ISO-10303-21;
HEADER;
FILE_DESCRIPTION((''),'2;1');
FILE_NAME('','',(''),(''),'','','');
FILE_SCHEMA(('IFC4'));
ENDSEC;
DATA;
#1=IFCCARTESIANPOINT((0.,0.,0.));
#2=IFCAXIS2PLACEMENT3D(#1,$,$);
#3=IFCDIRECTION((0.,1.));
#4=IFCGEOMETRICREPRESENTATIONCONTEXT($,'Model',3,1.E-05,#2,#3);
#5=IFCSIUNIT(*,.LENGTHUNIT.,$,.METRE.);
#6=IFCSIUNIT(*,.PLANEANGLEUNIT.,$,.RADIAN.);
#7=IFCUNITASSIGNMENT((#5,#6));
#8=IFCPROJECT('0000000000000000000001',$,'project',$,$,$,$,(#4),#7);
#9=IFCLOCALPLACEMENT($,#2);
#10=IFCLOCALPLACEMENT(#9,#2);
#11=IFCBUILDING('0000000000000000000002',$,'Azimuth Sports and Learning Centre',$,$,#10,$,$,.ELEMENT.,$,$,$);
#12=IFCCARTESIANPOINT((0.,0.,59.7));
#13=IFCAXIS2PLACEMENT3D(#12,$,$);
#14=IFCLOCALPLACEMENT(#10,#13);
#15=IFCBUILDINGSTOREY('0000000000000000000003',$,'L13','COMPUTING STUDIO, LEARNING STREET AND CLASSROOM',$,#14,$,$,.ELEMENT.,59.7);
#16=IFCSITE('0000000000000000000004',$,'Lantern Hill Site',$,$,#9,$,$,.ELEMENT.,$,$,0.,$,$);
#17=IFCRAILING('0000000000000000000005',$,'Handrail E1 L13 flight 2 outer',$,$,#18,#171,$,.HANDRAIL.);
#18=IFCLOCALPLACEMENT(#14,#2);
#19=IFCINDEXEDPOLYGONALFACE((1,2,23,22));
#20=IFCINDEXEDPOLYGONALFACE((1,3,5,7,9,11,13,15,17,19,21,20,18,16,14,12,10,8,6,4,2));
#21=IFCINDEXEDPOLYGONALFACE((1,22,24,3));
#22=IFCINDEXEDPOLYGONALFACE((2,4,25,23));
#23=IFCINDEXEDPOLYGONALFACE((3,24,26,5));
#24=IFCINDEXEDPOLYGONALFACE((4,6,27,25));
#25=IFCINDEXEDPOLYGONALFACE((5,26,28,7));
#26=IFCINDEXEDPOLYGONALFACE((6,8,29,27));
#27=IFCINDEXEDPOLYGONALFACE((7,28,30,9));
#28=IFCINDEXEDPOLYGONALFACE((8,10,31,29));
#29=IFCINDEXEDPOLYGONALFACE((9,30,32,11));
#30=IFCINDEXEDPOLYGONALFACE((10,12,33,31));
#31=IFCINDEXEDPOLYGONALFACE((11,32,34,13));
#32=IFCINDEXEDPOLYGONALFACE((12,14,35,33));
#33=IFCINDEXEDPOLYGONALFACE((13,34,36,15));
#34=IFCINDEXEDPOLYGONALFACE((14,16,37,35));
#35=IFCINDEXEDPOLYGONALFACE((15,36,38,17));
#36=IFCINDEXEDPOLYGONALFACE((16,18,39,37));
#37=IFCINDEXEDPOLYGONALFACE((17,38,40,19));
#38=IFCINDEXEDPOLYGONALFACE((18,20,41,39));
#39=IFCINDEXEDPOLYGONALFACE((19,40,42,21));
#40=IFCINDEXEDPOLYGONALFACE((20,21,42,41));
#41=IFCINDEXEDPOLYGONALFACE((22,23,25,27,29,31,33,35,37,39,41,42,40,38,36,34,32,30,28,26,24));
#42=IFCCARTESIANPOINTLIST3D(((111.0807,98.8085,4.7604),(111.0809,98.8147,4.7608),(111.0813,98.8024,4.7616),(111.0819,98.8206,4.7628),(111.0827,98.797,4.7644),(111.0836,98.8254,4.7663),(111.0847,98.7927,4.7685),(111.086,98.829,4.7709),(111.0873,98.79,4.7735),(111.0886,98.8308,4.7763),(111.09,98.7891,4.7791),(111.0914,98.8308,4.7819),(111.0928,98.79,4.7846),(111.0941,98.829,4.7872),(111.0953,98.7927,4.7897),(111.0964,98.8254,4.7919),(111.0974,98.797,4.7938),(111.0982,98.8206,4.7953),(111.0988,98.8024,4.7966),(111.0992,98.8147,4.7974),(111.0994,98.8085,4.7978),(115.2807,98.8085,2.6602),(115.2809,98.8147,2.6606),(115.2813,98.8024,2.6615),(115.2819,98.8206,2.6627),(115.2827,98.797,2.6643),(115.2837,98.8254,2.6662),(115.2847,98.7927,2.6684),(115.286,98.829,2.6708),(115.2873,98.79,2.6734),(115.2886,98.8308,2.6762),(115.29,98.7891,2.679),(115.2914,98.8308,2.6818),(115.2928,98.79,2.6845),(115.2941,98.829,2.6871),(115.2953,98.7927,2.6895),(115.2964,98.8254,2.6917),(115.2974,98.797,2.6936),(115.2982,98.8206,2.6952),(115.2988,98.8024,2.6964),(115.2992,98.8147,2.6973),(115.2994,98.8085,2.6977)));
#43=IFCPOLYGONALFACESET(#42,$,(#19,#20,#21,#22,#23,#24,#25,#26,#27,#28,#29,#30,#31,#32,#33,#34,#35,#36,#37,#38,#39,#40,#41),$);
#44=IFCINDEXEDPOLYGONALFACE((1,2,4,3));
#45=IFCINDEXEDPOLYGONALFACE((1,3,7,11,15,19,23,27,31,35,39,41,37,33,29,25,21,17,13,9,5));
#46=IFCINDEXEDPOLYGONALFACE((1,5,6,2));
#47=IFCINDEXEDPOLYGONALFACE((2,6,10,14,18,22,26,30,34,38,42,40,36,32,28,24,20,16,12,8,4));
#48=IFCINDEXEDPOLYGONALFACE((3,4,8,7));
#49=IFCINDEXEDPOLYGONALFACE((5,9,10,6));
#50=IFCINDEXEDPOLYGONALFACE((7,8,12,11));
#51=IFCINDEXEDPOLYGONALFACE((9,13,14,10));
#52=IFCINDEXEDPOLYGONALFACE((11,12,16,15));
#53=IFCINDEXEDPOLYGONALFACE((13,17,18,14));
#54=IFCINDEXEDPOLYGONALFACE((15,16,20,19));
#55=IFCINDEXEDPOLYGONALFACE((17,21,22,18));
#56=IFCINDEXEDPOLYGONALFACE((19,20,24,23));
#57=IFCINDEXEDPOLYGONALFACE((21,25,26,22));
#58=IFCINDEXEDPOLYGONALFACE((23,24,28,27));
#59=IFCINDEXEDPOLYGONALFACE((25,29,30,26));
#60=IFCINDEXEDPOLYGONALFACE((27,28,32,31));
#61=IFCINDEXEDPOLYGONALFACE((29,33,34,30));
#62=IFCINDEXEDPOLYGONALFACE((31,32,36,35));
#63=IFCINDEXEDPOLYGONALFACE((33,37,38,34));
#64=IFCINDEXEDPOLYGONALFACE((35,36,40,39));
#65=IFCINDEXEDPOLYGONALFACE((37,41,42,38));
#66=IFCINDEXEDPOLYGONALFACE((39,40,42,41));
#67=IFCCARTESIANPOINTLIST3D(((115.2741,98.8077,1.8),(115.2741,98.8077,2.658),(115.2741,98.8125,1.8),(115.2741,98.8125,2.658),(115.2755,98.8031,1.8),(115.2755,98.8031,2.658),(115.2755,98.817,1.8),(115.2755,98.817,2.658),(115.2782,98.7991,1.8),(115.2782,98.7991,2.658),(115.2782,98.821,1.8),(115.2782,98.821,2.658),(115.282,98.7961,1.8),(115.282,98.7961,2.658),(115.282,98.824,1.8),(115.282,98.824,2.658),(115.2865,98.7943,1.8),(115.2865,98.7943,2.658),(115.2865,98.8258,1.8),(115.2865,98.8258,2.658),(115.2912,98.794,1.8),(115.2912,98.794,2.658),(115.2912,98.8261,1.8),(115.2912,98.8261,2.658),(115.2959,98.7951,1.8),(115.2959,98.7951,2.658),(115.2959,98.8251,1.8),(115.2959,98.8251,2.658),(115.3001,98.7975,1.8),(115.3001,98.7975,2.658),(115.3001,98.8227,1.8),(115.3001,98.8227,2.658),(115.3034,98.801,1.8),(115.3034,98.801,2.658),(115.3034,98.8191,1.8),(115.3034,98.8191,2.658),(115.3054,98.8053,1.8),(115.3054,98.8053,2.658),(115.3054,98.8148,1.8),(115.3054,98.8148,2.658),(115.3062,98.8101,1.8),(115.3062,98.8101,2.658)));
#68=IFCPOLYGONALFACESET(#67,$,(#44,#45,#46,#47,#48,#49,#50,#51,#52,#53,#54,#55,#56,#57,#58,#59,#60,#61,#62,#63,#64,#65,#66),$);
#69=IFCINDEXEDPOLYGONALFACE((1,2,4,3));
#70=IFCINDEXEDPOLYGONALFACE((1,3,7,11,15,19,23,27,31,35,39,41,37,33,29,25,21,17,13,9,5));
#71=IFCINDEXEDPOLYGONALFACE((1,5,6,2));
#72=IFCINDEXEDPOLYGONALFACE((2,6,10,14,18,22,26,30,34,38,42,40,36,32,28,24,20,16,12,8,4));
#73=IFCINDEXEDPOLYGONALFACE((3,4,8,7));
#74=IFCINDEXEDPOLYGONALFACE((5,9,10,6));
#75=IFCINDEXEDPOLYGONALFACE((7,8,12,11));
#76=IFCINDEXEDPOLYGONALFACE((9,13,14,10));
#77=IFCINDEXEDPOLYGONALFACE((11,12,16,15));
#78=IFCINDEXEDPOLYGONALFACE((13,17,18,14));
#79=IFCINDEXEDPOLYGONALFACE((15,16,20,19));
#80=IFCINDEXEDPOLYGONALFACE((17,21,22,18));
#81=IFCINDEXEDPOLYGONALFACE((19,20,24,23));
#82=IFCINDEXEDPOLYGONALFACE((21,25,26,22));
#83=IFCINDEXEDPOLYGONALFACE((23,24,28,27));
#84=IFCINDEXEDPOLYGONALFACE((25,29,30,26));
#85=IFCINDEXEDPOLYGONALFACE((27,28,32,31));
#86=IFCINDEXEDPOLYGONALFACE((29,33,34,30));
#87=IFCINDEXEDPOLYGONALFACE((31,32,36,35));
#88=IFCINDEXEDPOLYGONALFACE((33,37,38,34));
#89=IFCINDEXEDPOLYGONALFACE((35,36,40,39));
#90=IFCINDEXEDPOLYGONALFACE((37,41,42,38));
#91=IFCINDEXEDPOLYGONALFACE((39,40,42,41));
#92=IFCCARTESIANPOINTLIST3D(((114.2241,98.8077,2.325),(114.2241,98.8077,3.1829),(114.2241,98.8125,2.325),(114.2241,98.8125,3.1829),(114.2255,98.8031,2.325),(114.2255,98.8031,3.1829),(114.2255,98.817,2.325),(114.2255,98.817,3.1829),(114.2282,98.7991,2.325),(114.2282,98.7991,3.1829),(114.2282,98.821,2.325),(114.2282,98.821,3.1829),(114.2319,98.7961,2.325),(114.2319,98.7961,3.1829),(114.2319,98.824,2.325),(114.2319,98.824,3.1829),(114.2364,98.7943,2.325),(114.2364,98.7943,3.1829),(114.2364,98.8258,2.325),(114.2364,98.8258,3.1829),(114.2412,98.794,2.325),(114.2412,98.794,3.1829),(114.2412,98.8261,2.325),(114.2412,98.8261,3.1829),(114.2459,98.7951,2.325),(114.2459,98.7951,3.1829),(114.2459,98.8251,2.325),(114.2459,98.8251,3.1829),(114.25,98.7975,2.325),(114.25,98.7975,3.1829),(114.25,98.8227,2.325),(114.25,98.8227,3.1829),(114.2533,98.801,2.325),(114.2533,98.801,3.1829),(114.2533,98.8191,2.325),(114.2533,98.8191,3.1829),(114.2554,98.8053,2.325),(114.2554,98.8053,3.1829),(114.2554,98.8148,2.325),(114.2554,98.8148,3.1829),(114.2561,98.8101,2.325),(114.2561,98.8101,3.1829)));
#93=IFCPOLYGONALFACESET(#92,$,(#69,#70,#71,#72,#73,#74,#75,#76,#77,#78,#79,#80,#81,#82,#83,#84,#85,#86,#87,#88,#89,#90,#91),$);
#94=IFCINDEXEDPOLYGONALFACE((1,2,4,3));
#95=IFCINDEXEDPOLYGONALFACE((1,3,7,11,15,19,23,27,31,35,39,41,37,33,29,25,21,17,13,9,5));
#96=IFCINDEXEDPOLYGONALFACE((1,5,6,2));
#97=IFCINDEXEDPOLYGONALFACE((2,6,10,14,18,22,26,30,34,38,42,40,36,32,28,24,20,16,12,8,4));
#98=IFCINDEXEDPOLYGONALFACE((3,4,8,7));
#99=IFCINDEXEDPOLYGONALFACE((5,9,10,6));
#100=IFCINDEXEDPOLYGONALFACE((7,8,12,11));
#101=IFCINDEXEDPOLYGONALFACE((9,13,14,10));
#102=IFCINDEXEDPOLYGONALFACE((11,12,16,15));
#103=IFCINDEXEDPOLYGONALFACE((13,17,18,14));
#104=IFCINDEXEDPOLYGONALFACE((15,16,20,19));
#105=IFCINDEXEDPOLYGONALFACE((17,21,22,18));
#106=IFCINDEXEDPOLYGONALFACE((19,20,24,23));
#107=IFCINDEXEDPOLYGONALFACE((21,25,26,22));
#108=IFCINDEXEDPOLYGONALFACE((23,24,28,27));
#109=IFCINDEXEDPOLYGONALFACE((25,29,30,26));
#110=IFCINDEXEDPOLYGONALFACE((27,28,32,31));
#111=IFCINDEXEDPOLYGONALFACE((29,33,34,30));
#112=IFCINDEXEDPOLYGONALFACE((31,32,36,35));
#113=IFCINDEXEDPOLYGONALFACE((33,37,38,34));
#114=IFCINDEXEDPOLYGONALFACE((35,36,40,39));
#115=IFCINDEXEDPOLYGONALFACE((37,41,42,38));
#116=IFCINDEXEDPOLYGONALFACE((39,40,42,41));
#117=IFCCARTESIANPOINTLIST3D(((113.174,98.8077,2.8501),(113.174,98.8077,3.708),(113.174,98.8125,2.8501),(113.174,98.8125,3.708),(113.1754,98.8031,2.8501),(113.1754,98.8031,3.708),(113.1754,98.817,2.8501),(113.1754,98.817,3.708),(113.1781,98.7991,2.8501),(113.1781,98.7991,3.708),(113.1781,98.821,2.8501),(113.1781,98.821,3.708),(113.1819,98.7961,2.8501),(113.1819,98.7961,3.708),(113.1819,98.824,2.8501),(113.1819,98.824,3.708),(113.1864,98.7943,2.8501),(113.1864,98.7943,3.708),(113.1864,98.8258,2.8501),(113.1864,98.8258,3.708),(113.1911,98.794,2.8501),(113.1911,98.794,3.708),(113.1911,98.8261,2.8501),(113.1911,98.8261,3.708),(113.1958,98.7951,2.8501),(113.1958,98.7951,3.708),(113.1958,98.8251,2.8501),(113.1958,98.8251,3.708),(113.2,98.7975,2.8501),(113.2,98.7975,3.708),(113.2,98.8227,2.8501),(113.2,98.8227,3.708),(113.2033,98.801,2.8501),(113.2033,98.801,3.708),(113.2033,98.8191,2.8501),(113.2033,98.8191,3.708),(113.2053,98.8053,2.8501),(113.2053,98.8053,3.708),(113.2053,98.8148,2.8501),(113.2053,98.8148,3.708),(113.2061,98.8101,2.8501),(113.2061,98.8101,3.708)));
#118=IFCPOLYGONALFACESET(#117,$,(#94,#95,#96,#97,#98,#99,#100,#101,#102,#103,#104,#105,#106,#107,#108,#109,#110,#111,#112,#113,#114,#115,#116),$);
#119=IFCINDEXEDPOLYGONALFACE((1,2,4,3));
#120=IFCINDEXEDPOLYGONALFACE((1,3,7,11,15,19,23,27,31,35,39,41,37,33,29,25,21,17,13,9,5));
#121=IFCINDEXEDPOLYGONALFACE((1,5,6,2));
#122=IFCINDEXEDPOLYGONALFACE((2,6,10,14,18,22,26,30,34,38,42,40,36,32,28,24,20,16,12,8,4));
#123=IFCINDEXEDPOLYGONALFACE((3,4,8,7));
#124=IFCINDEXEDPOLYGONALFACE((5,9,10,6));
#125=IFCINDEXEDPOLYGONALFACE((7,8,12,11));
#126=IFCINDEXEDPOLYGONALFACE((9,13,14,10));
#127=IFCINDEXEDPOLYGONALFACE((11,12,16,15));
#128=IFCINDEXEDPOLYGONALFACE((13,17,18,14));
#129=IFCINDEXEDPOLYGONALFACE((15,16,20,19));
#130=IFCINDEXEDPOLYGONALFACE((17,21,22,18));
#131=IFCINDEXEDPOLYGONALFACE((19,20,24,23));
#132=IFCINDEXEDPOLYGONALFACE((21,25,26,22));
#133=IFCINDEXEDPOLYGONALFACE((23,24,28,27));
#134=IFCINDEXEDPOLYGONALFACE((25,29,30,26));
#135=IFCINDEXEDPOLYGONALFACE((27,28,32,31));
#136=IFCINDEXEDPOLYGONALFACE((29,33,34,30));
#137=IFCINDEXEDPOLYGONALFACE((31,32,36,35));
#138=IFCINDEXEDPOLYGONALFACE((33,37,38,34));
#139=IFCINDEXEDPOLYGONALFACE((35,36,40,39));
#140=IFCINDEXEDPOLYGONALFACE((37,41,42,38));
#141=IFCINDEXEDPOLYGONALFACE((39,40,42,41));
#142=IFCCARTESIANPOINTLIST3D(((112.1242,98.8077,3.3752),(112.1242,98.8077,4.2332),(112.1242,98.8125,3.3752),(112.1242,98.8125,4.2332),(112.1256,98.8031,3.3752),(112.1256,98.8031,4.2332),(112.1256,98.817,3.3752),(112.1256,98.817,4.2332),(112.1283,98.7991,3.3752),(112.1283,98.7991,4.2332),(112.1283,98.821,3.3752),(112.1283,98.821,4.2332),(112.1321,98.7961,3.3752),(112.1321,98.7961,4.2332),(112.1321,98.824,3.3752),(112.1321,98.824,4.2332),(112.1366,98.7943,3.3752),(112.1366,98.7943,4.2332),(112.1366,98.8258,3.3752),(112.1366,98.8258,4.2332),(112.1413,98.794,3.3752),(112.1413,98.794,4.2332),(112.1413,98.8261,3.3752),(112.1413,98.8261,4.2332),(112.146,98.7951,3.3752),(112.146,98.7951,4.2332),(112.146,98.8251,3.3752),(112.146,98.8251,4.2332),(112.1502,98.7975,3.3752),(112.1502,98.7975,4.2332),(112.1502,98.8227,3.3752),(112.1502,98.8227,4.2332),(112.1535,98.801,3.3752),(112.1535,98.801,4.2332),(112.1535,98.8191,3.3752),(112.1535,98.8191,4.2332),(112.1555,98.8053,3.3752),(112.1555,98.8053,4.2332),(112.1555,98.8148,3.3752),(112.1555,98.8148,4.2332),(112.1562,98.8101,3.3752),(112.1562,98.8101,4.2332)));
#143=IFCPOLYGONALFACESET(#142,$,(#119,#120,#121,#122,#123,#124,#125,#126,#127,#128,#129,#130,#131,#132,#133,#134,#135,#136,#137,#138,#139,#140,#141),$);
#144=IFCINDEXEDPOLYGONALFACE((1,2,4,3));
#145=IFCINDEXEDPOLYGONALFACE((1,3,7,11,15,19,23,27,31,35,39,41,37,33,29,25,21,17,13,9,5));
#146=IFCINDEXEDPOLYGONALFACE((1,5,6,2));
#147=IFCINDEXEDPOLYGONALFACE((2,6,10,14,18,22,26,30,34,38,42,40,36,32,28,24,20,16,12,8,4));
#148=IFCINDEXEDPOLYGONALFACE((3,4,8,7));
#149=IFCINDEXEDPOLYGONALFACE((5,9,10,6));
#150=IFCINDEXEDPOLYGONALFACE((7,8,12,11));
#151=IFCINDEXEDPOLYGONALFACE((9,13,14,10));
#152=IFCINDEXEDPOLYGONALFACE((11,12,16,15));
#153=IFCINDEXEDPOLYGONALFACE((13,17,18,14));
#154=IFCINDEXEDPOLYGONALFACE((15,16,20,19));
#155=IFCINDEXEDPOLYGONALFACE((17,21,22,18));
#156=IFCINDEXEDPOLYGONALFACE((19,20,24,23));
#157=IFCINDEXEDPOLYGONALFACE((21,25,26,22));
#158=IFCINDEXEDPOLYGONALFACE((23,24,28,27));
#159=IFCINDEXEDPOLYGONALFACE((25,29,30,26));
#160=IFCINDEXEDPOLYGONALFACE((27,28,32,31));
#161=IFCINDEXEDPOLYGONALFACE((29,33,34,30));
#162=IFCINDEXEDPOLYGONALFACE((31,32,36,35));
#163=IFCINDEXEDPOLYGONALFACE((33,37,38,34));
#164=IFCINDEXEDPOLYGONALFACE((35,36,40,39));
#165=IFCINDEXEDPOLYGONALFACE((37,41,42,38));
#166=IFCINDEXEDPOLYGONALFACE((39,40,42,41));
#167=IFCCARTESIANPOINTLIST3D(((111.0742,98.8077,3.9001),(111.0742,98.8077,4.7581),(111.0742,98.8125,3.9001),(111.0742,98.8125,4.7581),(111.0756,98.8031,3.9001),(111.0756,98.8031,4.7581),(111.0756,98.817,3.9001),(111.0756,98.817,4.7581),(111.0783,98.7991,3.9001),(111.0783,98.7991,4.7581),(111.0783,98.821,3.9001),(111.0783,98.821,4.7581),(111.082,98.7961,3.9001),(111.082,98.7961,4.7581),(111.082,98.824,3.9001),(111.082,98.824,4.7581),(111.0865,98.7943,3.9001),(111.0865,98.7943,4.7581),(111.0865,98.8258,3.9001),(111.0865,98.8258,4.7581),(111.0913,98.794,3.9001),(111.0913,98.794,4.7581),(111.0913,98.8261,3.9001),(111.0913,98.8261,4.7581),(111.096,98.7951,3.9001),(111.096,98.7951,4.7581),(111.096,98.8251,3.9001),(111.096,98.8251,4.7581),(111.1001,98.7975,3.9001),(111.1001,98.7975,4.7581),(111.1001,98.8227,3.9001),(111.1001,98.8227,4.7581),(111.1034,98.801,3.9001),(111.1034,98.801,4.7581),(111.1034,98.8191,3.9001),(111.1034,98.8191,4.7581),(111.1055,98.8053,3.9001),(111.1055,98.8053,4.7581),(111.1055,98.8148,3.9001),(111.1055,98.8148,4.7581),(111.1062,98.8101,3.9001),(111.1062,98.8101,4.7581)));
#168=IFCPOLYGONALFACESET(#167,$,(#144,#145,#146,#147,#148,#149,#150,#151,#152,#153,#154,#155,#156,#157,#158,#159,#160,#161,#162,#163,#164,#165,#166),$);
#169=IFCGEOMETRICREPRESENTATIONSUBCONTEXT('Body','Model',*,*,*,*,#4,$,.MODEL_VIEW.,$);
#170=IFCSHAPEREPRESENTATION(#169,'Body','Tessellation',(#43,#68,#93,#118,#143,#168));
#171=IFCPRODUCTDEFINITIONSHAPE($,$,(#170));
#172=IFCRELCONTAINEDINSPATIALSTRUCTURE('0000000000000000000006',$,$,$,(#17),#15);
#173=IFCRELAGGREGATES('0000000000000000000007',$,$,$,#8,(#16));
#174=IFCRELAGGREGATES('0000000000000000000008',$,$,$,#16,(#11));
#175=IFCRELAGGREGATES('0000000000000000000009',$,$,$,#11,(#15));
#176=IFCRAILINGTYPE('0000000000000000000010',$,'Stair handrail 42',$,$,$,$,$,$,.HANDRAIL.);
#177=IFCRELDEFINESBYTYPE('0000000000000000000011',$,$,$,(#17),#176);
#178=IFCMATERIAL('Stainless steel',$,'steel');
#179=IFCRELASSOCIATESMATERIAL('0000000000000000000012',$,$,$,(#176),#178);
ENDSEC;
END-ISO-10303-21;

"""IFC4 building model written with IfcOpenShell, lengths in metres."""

from ifc_helpers import new_model, si_unit, direction, frame, origin, origin_2d, place, context, subcontext, project, spatial, circle, extrude, material, type_object, element, save


model = new_model("IFC4")

# Units and contexts
model_context = context("Model", 3, precision=1e-05, world=origin(), true_north=direction((0.0, 1.0)))
body_context = subcontext(model_context, "Body", "Model", "MODEL_VIEW")
ifc_project = project(units=[si_unit("LENGTHUNIT", "METRE"), si_unit("PLANEANGLEUNIT", "RADIAN")], contexts=[model_context])

# Site, building, storey
site_placement = place(None, origin())
site = spatial("IfcSite", under=ifc_project, at=site_placement, Name="Lantern Hill Site", CompositionType="ELEMENT", RefElevation=0.0)
building_placement = place(site_placement, origin())
building = spatial("IfcBuilding", under=site, at=building_placement, Name="Azimuth Sports and Learning Centre", CompositionType="ELEMENT")
storey_placement = place(building_placement, frame((0.0, 0.0, 59.7)))
storey = spatial("IfcBuildingStorey", under=building, at=storey_placement, Name="L13", Description="COMPUTING STUDIO, LEARNING STREET AND CLASSROOM", CompositionType="ELEMENT", Elevation=59.7)

# Railing
ifc_material_1 = material(Name="Stainless steel", Category="steel")
railing_type_1 = type_object("IfcRailingType", Name="Stair handrail 42", PredefinedType="HANDRAIL", material=ifc_material_1)
for number, where, name in (
    (1, (115.29, 98.8101, 1.8), "Handrail E1 L13 flight 2 outer"),
):
    element("IfcRailing", number, at=place(storey_placement, frame(where)), inside=storey, type_object=railing_type_1, Name=name, PredefinedType="HANDRAIL", context=body_context, shape_type="SweptSolid", body=[
        extrude(circle(Radius=0.021, at=origin_2d()), frame((0.0, 0.0, 0.8789), z_axis=(-0.894417, 0.0, 0.447234), x_axis=(0.0, -1.0, 0.0)), (0.0, 0.0, 1.0), 4.6958),
        extrude(circle(Radius=0.0161, at=origin_2d()), origin(), (0.0, 0.0, 1.0), 0.8579),
        extrude(circle(Radius=0.0161, at=origin_2d()), frame((-1.05, 0.0, 0.5249)), (0.0, 0.0, 1.0), 0.8579),
        extrude(circle(Radius=0.0161, at=origin_2d()), frame((-2.1001, 0.0, 1.05)), (0.0, 0.0, 1.0), 0.8579),
        extrude(circle(Radius=0.0161, at=origin_2d()), frame((-3.1499, 0.0, 1.5752)), (0.0, 0.0, 1.0), 0.8579),
        extrude(circle(Radius=0.0161, at=origin_2d()), frame((-4.2, 0.0, 2.1001)), (0.0, 0.0, 1.0), 0.8579),
    ])

save(model, "model.ifc")
